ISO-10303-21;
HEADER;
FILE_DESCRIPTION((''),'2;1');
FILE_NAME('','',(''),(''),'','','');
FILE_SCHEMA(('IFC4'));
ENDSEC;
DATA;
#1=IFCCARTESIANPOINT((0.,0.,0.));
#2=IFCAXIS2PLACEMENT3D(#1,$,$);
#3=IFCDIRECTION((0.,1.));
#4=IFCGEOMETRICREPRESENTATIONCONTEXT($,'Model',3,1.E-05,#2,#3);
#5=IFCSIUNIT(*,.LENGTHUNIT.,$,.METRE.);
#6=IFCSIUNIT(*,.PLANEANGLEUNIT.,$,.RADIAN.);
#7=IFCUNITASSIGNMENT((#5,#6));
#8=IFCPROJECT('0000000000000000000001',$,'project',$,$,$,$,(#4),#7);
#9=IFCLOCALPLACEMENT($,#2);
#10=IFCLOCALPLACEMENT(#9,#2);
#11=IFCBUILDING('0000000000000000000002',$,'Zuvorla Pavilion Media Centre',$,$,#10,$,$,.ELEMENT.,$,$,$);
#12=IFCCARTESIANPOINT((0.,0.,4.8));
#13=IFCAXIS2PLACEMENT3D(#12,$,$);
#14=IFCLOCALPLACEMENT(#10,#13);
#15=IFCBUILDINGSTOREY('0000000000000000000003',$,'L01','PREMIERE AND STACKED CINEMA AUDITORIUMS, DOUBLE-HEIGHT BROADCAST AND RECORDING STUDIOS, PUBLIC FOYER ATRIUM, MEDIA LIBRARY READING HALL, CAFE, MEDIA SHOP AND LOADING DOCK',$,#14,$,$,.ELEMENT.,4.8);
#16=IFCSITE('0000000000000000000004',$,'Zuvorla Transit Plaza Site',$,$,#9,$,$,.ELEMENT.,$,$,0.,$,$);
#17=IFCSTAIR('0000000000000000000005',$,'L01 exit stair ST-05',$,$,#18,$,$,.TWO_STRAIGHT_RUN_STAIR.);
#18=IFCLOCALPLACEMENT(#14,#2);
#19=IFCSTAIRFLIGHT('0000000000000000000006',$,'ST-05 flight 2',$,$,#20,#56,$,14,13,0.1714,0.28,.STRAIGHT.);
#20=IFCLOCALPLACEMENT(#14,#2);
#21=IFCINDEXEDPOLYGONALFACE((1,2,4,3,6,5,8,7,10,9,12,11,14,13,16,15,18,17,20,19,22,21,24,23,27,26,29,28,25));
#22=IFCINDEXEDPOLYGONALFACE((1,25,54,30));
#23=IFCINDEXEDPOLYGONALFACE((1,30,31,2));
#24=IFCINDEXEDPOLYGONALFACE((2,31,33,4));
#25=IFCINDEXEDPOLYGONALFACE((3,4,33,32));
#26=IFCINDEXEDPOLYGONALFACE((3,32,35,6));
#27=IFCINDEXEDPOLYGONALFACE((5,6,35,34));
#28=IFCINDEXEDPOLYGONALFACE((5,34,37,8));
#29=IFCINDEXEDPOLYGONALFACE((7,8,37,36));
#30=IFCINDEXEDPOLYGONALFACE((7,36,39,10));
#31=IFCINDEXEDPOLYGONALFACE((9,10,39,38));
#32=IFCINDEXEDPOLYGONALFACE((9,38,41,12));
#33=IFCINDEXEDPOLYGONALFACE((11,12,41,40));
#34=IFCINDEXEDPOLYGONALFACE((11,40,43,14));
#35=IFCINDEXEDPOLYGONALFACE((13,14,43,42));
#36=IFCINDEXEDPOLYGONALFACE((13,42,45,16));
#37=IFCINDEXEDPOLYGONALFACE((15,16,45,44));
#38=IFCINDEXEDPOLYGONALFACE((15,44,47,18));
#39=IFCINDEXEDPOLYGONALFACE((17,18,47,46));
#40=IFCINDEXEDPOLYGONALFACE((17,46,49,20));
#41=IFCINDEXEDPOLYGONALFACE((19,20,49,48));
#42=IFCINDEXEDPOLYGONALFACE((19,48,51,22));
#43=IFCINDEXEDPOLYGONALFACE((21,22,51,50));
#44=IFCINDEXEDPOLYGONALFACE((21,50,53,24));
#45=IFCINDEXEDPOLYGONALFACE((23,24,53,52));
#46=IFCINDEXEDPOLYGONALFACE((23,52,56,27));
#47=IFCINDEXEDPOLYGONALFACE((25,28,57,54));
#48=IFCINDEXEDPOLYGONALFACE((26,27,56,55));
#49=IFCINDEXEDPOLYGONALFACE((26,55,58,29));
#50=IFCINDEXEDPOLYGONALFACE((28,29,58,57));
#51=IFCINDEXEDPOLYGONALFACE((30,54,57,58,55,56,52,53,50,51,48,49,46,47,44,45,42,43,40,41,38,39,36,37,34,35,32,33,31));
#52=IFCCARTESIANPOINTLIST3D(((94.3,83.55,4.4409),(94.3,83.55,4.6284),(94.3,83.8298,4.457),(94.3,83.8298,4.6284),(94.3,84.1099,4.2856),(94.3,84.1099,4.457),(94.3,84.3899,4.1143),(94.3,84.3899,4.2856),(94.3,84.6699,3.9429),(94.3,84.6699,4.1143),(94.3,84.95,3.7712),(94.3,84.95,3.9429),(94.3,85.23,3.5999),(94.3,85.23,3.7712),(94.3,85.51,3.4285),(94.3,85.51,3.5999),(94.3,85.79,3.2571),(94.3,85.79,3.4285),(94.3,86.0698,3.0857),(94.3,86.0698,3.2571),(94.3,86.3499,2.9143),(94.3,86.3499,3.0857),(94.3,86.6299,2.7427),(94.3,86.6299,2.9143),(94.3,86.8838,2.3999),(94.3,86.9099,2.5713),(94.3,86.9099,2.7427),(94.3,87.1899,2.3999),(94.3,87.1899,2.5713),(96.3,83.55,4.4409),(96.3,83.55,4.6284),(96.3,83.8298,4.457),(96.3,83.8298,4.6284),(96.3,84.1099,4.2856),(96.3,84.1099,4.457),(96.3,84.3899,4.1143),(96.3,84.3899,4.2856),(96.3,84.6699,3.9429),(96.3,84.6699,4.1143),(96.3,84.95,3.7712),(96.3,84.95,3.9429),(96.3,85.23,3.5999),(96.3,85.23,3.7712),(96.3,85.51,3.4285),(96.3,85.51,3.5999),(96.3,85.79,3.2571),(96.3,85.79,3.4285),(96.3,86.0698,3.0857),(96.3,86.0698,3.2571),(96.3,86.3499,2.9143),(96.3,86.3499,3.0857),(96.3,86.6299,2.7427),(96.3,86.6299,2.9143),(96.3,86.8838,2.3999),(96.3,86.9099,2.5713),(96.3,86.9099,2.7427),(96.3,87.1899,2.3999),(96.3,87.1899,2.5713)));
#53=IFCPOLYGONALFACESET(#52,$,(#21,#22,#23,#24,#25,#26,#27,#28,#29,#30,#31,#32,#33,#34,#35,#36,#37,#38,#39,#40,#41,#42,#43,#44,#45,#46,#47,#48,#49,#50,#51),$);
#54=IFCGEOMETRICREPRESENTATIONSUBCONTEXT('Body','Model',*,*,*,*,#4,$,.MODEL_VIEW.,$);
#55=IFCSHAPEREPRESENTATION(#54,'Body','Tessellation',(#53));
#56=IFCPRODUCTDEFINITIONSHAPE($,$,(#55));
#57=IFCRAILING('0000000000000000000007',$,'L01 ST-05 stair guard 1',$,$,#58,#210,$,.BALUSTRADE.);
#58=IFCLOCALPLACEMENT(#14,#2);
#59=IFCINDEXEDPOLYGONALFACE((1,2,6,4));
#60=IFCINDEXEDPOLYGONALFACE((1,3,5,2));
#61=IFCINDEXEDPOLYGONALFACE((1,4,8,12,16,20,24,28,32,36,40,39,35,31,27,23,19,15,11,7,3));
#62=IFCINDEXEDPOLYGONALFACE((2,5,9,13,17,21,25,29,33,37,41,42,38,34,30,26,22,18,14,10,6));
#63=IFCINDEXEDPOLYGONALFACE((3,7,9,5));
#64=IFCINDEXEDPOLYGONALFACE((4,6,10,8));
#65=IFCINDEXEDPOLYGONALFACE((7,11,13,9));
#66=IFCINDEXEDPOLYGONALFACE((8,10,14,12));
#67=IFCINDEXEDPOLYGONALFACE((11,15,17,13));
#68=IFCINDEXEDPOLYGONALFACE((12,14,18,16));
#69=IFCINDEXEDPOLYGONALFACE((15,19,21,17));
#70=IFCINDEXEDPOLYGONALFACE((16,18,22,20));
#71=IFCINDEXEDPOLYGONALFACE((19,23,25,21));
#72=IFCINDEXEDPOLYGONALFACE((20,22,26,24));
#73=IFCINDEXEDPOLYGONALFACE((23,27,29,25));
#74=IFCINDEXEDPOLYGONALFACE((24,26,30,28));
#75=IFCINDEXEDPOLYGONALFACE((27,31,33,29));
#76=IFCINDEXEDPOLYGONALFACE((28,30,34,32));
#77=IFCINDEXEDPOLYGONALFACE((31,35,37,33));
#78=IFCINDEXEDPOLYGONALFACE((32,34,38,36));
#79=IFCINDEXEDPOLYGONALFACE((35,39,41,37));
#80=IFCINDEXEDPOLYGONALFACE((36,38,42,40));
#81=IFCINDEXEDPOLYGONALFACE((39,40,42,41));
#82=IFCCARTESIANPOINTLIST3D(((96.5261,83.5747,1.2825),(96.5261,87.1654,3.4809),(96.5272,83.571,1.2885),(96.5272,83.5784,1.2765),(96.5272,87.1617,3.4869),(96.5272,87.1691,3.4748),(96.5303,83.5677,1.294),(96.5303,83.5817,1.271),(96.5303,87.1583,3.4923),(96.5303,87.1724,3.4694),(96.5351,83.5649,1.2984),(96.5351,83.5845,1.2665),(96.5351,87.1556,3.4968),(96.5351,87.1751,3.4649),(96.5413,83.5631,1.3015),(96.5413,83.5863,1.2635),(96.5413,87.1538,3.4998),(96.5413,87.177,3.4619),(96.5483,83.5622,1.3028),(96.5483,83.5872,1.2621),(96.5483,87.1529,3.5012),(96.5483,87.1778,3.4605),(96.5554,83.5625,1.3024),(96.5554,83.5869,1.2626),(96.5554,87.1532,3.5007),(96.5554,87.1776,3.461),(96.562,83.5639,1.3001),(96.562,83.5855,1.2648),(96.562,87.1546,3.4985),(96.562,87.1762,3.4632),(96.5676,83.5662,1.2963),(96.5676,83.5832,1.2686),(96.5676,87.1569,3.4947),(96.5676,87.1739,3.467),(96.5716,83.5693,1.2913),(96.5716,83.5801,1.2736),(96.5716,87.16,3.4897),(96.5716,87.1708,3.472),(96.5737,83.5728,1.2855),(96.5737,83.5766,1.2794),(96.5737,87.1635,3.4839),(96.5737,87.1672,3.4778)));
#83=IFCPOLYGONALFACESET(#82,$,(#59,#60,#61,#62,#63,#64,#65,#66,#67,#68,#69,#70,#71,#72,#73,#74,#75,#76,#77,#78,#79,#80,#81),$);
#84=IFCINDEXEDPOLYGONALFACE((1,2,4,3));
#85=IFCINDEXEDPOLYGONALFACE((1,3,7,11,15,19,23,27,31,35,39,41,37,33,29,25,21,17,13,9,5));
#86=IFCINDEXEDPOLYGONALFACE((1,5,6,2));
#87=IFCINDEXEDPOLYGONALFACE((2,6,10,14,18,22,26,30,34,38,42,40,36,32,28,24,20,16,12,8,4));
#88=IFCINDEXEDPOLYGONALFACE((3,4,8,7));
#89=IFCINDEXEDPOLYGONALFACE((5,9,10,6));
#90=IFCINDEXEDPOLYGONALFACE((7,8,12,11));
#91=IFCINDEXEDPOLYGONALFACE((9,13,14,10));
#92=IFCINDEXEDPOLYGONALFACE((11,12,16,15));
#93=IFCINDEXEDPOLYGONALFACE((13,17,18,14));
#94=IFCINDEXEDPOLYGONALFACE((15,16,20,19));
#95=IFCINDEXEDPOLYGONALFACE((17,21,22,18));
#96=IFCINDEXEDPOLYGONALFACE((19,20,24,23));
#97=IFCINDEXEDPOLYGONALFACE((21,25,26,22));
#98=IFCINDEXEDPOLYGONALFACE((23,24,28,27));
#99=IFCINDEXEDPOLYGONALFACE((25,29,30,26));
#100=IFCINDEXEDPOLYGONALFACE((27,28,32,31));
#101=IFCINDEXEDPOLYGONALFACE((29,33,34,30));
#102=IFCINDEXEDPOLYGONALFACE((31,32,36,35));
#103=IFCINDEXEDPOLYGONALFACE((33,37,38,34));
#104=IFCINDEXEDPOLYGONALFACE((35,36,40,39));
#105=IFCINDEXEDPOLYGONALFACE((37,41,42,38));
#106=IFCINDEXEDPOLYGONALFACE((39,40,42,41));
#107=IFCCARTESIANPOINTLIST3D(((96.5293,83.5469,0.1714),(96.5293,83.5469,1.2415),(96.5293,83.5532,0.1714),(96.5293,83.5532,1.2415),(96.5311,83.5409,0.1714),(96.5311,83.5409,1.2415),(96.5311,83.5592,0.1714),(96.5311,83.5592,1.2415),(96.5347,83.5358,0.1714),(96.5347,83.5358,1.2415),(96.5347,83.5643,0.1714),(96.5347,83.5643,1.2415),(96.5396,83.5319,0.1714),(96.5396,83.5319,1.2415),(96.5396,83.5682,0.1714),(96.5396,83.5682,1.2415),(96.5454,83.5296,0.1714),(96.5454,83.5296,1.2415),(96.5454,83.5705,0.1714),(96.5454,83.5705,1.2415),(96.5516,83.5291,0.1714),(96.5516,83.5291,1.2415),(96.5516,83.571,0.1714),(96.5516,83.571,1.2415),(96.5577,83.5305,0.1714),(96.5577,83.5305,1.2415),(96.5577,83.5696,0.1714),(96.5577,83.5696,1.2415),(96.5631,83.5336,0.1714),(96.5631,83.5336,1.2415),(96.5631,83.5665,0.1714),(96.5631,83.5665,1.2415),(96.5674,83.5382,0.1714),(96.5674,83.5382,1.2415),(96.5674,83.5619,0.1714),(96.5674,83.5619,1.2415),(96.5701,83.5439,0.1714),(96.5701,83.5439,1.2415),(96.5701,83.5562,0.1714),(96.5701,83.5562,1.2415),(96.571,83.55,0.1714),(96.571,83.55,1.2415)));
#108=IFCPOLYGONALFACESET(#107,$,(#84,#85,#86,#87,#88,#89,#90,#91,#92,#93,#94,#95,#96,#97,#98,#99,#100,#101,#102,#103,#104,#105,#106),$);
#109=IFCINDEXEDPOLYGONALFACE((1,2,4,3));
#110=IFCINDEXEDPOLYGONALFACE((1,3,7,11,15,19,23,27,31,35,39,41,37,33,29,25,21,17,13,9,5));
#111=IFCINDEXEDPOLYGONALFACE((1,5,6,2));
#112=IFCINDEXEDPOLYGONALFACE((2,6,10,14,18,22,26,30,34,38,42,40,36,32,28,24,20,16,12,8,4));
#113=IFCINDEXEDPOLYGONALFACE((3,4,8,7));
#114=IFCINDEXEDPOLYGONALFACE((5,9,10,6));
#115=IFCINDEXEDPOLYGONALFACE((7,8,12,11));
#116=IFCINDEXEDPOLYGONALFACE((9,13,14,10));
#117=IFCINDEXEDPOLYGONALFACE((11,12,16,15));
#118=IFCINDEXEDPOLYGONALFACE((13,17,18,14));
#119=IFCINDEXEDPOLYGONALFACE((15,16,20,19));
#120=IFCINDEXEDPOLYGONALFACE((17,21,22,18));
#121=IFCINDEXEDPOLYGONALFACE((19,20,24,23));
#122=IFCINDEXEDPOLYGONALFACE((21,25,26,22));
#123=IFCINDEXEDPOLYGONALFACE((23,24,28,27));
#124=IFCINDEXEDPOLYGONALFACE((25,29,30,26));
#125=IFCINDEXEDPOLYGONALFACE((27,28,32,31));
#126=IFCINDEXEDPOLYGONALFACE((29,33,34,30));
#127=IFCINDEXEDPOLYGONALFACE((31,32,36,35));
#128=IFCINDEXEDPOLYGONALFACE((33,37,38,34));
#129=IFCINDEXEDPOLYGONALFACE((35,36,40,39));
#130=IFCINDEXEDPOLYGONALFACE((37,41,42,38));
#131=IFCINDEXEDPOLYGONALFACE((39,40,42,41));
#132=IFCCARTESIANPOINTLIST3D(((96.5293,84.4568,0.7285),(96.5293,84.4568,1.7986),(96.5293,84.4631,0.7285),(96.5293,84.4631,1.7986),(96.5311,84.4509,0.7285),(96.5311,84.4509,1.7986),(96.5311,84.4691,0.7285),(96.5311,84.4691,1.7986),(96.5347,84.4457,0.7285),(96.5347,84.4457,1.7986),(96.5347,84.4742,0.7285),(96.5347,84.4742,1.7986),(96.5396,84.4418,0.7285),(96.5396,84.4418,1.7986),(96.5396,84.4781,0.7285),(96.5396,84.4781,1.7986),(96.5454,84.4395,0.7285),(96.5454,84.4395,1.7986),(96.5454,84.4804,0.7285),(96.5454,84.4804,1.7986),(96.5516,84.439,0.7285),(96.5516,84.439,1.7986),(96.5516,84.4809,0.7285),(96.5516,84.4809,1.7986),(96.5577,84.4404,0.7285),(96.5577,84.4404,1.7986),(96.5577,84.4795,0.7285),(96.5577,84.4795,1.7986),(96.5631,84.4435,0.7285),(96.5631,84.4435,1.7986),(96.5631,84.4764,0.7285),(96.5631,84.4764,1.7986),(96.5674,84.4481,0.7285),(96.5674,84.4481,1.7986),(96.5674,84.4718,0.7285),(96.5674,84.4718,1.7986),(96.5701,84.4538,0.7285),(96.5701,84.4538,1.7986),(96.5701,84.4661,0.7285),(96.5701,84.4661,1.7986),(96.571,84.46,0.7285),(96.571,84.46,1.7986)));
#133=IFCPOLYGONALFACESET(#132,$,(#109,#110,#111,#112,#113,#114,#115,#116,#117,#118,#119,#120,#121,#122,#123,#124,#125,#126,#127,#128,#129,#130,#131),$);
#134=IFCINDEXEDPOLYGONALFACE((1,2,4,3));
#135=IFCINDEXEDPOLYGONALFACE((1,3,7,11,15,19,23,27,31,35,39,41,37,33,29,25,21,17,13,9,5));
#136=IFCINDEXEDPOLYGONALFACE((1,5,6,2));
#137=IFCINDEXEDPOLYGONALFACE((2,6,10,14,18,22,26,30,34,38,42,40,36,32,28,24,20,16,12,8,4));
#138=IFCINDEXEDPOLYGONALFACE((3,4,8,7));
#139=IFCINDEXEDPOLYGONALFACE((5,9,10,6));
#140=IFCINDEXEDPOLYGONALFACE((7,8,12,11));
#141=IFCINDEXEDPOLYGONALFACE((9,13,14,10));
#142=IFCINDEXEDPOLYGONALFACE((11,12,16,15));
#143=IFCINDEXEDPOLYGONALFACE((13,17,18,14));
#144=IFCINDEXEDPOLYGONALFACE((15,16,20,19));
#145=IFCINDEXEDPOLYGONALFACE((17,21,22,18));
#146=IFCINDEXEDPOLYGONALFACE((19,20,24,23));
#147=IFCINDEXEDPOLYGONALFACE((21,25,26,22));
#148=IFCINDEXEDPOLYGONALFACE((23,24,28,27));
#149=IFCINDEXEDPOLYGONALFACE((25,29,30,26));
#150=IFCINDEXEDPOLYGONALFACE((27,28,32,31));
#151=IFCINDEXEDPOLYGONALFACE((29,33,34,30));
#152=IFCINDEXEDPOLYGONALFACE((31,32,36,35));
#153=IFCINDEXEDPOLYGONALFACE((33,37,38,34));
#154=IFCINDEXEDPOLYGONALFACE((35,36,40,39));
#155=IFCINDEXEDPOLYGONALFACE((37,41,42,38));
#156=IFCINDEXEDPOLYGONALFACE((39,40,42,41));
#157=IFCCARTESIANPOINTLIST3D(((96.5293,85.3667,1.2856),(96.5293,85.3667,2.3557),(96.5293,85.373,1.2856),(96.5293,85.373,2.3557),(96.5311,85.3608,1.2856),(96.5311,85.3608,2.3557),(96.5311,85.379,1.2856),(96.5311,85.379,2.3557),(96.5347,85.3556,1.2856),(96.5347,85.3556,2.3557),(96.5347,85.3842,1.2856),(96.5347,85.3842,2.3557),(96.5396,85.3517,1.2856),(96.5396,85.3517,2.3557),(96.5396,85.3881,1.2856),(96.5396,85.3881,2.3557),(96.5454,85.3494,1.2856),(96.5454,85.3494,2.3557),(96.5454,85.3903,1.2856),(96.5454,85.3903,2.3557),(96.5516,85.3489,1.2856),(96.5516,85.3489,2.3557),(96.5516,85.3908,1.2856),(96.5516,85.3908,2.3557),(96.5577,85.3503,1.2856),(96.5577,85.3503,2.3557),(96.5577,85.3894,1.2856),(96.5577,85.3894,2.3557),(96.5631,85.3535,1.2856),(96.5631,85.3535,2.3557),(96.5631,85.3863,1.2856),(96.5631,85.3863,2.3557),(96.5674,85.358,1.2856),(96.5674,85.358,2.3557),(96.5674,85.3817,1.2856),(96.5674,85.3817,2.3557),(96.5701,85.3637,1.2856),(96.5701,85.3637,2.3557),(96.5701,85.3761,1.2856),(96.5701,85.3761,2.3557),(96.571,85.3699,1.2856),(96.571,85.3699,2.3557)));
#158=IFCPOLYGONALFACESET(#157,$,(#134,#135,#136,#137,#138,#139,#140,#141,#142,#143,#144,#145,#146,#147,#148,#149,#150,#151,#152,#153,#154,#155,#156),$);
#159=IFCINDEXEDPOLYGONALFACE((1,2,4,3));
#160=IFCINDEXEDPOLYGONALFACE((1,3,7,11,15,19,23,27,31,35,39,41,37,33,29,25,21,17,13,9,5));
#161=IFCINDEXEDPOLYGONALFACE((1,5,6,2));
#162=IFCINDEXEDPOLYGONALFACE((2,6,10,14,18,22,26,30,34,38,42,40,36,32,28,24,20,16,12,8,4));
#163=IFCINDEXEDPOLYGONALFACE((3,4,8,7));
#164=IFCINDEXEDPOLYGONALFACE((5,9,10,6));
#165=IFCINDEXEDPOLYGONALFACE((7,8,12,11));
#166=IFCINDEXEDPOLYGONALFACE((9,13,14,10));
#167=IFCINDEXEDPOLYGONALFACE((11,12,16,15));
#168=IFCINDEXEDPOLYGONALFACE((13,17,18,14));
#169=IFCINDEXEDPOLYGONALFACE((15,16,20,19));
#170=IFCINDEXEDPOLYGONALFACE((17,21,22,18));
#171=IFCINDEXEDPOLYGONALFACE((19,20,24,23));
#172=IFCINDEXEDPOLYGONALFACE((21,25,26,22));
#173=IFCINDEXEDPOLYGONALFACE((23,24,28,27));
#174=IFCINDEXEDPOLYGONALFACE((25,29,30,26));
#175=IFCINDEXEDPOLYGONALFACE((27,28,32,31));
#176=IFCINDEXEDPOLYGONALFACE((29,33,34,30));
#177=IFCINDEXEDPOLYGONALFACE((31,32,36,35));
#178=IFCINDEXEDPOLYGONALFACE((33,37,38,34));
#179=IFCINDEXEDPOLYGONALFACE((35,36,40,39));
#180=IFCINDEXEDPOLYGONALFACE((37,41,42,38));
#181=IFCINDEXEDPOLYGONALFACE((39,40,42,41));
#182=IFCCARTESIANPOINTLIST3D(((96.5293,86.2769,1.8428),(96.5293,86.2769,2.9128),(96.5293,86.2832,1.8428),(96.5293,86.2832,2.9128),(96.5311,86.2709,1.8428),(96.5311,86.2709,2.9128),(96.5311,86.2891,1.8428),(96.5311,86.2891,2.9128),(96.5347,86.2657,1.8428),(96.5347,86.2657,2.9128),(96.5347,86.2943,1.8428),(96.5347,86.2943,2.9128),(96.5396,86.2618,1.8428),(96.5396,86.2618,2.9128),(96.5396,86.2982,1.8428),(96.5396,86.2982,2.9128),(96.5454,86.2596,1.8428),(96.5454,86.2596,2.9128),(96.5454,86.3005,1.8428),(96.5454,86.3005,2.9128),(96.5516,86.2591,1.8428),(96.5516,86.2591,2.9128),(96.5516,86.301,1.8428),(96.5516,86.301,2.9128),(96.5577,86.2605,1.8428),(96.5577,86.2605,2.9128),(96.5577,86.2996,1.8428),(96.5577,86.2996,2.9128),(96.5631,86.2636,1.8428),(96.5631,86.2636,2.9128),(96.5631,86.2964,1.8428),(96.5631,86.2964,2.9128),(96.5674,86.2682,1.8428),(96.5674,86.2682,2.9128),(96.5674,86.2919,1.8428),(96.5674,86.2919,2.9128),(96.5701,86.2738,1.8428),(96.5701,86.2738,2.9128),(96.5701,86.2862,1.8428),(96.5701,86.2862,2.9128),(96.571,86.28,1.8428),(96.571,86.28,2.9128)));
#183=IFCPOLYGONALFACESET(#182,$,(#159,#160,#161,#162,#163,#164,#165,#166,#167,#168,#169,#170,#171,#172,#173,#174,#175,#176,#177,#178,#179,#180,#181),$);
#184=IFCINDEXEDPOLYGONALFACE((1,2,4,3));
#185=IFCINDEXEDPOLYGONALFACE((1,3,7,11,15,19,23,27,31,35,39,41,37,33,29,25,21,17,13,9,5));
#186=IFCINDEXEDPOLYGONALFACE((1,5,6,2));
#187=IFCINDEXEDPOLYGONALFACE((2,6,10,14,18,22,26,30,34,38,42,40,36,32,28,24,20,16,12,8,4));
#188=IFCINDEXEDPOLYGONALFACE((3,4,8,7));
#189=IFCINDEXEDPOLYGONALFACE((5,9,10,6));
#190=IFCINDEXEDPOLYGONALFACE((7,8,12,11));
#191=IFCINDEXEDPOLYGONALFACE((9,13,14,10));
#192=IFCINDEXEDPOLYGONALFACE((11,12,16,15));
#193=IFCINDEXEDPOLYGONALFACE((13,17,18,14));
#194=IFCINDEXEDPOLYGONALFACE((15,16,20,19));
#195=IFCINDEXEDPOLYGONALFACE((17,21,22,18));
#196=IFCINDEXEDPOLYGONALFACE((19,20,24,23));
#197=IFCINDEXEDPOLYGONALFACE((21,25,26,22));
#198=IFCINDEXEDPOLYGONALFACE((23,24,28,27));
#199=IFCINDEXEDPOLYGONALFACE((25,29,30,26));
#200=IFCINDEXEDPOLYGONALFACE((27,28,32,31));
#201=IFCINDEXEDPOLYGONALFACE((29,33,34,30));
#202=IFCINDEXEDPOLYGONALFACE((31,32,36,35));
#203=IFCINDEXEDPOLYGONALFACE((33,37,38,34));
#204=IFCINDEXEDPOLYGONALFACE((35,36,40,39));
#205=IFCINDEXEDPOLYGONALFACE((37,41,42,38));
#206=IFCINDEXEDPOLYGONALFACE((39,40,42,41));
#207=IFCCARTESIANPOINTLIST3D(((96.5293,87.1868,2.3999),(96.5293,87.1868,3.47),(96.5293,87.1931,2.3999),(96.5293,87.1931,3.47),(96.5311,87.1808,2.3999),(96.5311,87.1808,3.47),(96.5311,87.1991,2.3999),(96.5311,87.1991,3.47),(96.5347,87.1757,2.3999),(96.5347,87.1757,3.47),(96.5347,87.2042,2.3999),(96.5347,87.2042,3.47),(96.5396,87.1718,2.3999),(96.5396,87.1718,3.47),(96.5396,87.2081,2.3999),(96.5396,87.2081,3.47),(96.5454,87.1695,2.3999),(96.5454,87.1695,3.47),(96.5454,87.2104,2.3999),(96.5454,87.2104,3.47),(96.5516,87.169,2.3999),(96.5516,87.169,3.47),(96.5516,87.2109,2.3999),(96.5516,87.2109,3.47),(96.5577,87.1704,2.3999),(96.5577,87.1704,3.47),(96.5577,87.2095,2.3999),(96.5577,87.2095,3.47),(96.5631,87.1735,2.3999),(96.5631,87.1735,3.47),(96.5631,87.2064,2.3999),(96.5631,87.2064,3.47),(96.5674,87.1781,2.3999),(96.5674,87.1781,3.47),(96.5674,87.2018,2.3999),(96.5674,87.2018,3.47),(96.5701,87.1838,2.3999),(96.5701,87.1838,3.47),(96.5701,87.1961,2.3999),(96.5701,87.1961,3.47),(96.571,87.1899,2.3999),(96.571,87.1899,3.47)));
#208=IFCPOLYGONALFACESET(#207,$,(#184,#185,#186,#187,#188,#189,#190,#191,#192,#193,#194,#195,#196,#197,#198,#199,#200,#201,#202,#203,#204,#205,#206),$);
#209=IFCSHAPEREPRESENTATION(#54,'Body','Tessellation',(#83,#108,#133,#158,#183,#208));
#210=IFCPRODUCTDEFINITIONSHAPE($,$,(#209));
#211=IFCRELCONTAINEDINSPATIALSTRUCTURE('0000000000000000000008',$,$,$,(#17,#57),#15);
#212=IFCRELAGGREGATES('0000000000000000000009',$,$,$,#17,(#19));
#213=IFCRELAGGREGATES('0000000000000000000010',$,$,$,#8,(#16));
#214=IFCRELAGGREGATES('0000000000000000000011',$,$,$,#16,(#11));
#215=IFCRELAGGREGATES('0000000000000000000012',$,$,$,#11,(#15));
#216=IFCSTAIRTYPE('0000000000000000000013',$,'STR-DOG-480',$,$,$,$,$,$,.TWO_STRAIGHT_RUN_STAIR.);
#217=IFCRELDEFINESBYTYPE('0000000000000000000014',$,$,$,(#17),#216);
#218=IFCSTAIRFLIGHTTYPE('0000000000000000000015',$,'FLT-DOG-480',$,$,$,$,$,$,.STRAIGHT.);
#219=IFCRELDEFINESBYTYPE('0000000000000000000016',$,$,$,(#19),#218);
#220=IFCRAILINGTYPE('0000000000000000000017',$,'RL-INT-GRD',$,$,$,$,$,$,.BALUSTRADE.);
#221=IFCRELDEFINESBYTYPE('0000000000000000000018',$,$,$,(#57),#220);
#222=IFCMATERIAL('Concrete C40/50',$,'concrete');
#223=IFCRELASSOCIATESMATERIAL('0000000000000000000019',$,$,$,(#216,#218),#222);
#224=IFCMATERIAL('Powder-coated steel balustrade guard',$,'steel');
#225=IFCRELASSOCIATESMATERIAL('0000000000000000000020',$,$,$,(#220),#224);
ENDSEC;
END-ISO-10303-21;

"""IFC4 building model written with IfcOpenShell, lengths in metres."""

from ifc_helpers import new_model, si_unit, direction, frame, origin, origin_2d, place, context, subcontext, project, spatial, polyline, circle, outline, extrude, material, type_object, element, aggregate, save


model = new_model("IFC4")

# Units and contexts
model_context = context("Model", 3, precision=1e-05, world=origin(), true_north=direction((0.0, 1.0)))
body_context = subcontext(model_context, "Body", "Model", "MODEL_VIEW")
ifc_project = project(units=[si_unit("LENGTHUNIT", "METRE"), si_unit("PLANEANGLEUNIT", "RADIAN")], contexts=[model_context])

# Site, building, storey
site_placement = place(None, origin())
site = spatial("IfcSite", under=ifc_project, at=site_placement, Name="Zuvorla Transit Plaza Site", CompositionType="ELEMENT", RefElevation=0.0)
building_placement = place(site_placement, origin())
building = spatial("IfcBuilding", under=site, at=building_placement, Name="Zuvorla Pavilion Media Centre", CompositionType="ELEMENT")
storey_placement = place(building_placement, frame((0.0, 0.0, 4.8)))
storey = spatial("IfcBuildingStorey", under=building, at=storey_placement, Name="L01", Description="PREMIERE AND STACKED CINEMA AUDITORIUMS, DOUBLE-HEIGHT BROADCAST AND RECORDING STUDIOS, PUBLIC FOYER ATRIUM, MEDIA LIBRARY READING HALL, CAFE, MEDIA SHOP AND LOADING DOCK", CompositionType="ELEMENT", Elevation=4.8)

# Shared definitions
ifc_material_1 = material(Name="Concrete C40/50", Category="concrete")

# Stair, stair flight
stair_type = type_object("IfcStairType", Name="STR-DOG-480", PredefinedType="TWO_STRAIGHT_RUN_STAIR", material=ifc_material_1)
stair_placement = place(storey_placement, origin())
stair = element("IfcStair", 1, at=stair_placement, inside=storey, type_object=stair_type, Name="L01 exit stair ST-05", PredefinedType="TWO_STRAIGHT_RUN_STAIR")
stair_flight_type = type_object("IfcStairFlightType", Name="FLT-DOG-480", PredefinedType="STRAIGHT", material=ifc_material_1)
stair_flight_1_placement = place(storey_placement, frame((95.3, 87.1899, 2.3999), z_axis=(0.0, 0.0, 1.0), x_axis=(0.0, -1.0, 0.0)))
stair_flight_1 = element("IfcStairFlight", 2, at=stair_flight_1_placement, type_object=stair_flight_type, Name="ST-05 flight 2", NumberOfRisers=14, NumberOfTreads=13, PredefinedType="STRAIGHT", RiserHeight=0.1714, TreadLength=0.28, context=body_context, shape_type="SweptSolid", body=[
    extrude(outline(polyline([(0.0, 0.0), (0.0, 0.1714), (0.28, 0.1714), (0.28, 0.3428), (0.5601, 0.3428), (0.5601, 0.5144), (0.8401, 0.5144), (0.8401, 0.6858), (1.1201, 0.6858), (1.1201, 0.8572), (1.3999, 0.8572), (1.3999, 1.0286), (1.6799, 1.0286), (1.6799, 1.2), (1.96, 1.2), (1.96, 1.3713), (2.24, 1.3713), (2.24, 1.543), (2.52, 1.543), (2.52, 1.7144), (2.8, 1.7144), (2.8, 1.8857), (3.0801, 1.8857), (3.0801, 2.0571), (3.3601, 2.0571), (3.3601, 2.2285), (3.6399, 2.2285), (3.6399, 2.3999), (3.6399, 2.041), (0.3062, 0.0), (0.0, 0.0)])), frame((0.0, 1.0, 0.0), z_axis=(0.0, -1.0, 0.0), x_axis=(1.0, 0.0, 0.0)), (0.0, 0.0, 1.0), 2.0),
])
aggregate(stair, [stair_flight_1])

# Railing
ifc_material_2 = material(Name="Powder-coated steel balustrade guard", Category="steel")
railing_type_1 = type_object("IfcRailingType", Name="RL-INT-GRD", PredefinedType="BALUSTRADE", material=ifc_material_2)
railing_1_placement = place(storey_placement, frame((96.55, 83.55, 0.1714)))
element("IfcRailing", 3, at=railing_1_placement, inside=storey, type_object=railing_type_1, Name="L01 ST-05 stair guard 1", PredefinedType="BALUSTRADE", context=body_context, shape_type="SweptSolid", body=[
    extrude(circle(Radius=0.0239, at=origin_2d()), frame((0.0, 0.0247, 1.1111), z_axis=(0.0, 0.85285, 0.522156), x_axis=(-1.0, 0.0, 0.0)), (0.0, 0.0, 1.0), 4.2102),
    extrude(circle(Radius=0.021, at=origin_2d()), origin(), (0.0, 0.0, 1.0), 1.0701),
    extrude(circle(Radius=0.021, at=origin_2d()), frame((0.0, 0.9099, 0.5571)), (0.0, 0.0, 1.0), 1.0701),
    extrude(circle(Radius=0.021, at=origin_2d()), frame((0.0, 1.8198, 1.1143)), (0.0, 0.0, 1.0), 1.0701),
    extrude(circle(Radius=0.021, at=origin_2d()), frame((0.0, 2.73, 1.6714)), (0.0, 0.0, 1.0), 1.0701),
    extrude(circle(Radius=0.021, at=origin_2d()), frame((0.0, 3.6399, 2.2285)), (0.0, 0.0, 1.0), 1.0701),
])

save(model, "model.ifc")
